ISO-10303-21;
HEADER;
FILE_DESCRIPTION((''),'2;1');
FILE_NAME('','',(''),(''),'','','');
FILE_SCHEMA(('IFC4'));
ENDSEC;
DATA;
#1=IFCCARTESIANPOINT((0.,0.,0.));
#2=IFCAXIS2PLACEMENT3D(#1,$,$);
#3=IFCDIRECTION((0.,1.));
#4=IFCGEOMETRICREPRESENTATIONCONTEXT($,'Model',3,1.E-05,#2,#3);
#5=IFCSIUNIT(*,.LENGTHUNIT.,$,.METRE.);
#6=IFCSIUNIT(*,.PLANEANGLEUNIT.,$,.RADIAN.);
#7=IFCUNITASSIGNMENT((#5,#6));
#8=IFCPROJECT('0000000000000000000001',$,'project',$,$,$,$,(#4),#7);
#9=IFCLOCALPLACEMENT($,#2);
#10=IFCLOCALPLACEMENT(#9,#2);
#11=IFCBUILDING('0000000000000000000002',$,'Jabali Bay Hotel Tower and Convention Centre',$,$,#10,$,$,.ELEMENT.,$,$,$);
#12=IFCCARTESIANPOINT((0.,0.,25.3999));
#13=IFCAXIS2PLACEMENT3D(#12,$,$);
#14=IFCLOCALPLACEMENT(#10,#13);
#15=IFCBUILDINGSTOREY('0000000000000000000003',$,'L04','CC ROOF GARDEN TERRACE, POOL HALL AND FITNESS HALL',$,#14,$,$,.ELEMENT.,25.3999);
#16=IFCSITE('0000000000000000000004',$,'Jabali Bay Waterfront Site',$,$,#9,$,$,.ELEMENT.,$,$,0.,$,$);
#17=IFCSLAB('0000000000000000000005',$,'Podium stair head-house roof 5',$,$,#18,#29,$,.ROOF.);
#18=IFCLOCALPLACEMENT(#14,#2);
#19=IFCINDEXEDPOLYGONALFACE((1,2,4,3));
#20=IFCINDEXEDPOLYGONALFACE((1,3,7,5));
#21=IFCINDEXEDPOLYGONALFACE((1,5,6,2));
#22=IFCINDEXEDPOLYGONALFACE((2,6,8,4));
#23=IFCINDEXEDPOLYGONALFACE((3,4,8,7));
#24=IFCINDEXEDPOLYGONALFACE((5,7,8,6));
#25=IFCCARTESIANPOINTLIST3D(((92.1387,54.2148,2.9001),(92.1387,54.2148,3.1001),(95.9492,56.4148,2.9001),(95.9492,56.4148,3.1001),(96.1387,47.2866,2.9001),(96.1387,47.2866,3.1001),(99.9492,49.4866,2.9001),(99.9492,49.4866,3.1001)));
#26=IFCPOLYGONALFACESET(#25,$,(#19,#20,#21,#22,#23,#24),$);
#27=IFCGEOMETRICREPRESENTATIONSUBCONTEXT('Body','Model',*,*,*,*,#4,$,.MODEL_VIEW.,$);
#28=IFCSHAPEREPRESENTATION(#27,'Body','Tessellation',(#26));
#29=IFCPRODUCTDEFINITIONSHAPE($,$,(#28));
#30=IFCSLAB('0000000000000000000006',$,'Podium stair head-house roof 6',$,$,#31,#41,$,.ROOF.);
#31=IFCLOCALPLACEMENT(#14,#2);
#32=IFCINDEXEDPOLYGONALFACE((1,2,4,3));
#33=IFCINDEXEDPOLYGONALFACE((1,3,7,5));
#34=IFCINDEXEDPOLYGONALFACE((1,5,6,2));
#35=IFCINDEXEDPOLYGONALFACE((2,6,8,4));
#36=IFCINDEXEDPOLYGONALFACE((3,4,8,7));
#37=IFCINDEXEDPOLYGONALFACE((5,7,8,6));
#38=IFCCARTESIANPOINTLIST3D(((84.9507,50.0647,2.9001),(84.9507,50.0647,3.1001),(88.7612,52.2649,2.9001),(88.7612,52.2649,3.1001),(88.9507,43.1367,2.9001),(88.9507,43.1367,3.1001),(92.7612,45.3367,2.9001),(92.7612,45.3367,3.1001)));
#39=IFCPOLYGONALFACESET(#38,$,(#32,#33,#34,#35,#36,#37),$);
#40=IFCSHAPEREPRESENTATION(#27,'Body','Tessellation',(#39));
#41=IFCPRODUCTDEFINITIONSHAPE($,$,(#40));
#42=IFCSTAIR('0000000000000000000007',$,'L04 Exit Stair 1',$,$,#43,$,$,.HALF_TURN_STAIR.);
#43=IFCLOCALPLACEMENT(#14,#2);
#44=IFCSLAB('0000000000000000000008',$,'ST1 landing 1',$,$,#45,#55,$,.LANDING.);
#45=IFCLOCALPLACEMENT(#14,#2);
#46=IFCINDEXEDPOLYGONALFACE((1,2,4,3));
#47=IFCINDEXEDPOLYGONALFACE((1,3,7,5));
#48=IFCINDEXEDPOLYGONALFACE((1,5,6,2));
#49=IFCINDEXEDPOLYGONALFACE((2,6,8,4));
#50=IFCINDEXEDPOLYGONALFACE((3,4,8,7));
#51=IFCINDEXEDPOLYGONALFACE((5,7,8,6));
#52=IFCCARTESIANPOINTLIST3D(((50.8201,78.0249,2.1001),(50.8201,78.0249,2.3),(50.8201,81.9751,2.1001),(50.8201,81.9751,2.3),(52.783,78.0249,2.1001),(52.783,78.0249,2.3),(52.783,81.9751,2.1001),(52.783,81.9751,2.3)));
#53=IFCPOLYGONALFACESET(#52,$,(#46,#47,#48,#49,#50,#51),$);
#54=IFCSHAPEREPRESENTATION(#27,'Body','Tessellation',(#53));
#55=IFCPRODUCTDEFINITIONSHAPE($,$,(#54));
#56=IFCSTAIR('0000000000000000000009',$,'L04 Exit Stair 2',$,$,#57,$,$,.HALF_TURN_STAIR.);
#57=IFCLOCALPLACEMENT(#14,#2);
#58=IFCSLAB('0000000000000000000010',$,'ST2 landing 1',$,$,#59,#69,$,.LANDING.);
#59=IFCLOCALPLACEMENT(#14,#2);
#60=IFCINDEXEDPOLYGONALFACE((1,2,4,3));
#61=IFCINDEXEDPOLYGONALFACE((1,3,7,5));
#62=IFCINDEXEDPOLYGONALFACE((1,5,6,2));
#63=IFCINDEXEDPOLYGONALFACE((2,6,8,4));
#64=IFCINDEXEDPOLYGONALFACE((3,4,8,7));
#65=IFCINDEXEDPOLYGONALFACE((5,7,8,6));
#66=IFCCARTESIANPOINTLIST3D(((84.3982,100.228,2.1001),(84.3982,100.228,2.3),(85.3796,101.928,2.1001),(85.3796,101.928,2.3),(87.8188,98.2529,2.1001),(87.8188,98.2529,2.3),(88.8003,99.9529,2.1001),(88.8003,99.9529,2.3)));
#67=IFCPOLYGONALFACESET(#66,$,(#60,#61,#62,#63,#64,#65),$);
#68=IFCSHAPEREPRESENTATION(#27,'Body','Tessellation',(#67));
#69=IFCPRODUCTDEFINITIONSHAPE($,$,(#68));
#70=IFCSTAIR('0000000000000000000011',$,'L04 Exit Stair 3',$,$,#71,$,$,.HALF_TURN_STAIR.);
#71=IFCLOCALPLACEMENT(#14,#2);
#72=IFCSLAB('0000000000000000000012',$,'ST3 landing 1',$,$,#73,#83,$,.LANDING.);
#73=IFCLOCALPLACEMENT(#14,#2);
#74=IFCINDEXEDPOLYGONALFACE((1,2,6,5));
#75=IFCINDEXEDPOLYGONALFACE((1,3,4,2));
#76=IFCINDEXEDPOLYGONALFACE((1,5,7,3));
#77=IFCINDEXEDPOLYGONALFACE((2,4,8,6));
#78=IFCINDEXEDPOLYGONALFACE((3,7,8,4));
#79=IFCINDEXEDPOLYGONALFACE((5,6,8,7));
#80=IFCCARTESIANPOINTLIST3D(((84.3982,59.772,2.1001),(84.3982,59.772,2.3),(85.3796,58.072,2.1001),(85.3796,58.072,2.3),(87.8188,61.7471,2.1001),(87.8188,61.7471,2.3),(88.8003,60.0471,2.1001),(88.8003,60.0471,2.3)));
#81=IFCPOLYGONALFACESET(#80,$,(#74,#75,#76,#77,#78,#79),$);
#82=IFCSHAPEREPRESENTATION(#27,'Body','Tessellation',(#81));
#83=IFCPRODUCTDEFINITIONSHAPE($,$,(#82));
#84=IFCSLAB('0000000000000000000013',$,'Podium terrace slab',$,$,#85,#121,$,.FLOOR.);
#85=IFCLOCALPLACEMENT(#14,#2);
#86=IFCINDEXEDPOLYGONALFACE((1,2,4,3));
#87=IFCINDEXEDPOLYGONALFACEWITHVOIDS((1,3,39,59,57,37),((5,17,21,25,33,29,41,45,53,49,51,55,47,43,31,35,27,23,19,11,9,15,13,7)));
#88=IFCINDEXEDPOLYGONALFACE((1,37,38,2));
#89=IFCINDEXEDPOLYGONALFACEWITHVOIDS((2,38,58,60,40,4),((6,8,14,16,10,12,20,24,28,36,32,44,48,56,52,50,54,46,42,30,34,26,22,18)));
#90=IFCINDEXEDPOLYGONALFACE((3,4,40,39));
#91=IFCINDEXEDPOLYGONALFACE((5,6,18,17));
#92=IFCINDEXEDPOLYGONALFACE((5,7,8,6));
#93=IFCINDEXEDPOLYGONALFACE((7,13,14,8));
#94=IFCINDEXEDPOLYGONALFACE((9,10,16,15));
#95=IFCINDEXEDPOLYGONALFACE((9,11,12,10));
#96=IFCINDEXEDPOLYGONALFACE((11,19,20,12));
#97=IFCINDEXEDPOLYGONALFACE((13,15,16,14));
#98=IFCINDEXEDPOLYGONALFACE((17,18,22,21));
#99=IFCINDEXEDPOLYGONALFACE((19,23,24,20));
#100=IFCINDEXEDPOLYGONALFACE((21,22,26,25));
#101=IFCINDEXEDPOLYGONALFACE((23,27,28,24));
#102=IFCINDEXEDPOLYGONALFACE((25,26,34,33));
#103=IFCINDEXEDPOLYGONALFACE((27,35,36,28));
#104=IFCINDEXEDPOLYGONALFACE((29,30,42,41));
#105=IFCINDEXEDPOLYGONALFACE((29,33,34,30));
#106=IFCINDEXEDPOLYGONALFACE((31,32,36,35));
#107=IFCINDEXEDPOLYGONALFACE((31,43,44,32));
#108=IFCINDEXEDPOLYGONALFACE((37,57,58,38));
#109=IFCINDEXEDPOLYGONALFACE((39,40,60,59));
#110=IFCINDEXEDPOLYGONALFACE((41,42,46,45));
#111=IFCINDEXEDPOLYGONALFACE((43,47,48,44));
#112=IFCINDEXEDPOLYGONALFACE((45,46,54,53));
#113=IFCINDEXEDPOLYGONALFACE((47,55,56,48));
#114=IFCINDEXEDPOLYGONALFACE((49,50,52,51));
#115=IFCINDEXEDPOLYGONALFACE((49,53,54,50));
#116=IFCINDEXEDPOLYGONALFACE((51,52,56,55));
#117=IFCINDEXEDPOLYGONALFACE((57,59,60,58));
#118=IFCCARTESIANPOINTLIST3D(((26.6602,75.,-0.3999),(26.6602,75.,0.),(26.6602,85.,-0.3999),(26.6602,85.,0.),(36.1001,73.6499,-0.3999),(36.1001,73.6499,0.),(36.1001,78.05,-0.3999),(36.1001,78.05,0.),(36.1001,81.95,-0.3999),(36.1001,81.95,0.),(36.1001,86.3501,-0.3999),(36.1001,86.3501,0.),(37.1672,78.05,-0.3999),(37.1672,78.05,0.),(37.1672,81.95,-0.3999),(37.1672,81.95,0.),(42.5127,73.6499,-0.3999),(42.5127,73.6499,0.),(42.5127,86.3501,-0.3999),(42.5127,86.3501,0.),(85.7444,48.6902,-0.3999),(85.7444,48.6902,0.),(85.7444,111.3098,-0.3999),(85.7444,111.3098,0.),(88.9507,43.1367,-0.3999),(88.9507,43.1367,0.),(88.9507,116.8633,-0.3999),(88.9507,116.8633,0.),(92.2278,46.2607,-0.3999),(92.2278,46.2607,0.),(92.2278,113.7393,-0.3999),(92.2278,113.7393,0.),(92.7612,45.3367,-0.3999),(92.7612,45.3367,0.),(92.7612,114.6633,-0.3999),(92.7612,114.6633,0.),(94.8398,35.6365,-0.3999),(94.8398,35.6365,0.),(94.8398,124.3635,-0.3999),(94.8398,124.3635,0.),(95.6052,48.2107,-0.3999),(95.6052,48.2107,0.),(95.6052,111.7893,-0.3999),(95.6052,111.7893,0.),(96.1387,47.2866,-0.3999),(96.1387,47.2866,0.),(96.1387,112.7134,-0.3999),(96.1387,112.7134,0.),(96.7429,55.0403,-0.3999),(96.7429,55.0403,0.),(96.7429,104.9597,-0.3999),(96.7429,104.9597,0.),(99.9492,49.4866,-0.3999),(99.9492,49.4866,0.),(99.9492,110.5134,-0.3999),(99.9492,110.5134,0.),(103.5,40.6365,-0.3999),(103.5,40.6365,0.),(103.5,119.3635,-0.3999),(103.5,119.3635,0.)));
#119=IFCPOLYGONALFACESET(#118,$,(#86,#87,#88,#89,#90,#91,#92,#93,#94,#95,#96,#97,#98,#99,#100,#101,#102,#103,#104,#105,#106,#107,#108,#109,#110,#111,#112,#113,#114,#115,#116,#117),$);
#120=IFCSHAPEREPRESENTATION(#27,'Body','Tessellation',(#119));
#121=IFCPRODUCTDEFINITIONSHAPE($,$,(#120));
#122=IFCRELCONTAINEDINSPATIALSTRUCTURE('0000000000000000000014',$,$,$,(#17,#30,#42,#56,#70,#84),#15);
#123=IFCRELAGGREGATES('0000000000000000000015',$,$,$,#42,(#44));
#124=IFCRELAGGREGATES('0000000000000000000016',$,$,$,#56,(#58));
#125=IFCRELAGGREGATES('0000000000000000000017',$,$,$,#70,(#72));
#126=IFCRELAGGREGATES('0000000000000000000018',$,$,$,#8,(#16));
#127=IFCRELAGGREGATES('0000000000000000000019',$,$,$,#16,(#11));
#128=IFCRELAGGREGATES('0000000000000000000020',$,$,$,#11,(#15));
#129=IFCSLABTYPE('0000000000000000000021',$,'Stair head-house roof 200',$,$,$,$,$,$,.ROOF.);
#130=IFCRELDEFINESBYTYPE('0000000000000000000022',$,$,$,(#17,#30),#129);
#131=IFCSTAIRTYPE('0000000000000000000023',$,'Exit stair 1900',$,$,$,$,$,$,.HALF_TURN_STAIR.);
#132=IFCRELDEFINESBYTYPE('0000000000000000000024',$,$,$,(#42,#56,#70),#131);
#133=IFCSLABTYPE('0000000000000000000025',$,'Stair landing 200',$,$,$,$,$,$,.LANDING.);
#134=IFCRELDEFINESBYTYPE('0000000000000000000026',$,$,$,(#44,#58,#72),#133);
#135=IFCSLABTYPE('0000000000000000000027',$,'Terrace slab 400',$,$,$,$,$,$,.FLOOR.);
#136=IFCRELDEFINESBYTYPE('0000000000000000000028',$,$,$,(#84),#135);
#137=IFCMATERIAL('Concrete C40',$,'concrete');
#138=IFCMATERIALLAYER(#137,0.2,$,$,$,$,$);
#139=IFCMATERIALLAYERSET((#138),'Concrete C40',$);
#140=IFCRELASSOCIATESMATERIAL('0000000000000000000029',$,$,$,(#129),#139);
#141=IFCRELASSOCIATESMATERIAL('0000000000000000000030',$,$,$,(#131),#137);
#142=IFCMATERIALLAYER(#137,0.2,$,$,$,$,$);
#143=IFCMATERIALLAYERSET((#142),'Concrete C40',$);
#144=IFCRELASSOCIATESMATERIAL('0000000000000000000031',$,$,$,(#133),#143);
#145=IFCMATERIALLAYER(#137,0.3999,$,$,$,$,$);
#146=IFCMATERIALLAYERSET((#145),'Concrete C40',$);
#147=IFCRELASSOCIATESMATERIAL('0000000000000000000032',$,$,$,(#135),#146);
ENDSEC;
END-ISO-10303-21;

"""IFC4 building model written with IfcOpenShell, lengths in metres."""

from ifc_helpers import new_model, si_unit, direction, frame, origin, place, context, subcontext, project, spatial, polyline, outline, extrude, material, layer, layer_set, type_object, element, aggregate, save


model = new_model("IFC4")

# Units and contexts
model_context = context("Model", 3, precision=1e-05, world=origin(), true_north=direction((0.0, 1.0)))
body_context = subcontext(model_context, "Body", "Model", "MODEL_VIEW")
ifc_project = project(units=[si_unit("LENGTHUNIT", "METRE"), si_unit("PLANEANGLEUNIT", "RADIAN")], contexts=[model_context])

# Site, building, storey
site_placement = place(None, origin())
site = spatial("IfcSite", under=ifc_project, at=site_placement, Name="Jabali Bay Waterfront Site", CompositionType="ELEMENT", RefElevation=0.0)
building_placement = place(site_placement, origin())
building = spatial("IfcBuilding", under=site, at=building_placement, Name="Jabali Bay Hotel Tower and Convention Centre", CompositionType="ELEMENT")
storey_placement = place(building_placement, frame((0.0, 0.0, 25.3999)))
storey = spatial("IfcBuildingStorey", under=building, at=storey_placement, Name="L04", Description="CC ROOF GARDEN TERRACE, POOL HALL AND FITNESS HALL", CompositionType="ELEMENT", Elevation=25.3999)

# Slabs
ifc_material = material(Name="Concrete C40", Category="concrete")
ifc_layer_1 = layer(ifc_material, 0.2)
ifc_layer_set_1 = layer_set([ifc_layer_1], Name="Concrete C40")
slab_type_1 = type_object("IfcSlabType", Name="Stair head-house roof 200", PredefinedType="ROOF", material=ifc_layer_set_1)
slab_1_placement = place(storey_placement, frame((0.0, 0.0, 2.9001)))
element("IfcSlab", 1, at=slab_1_placement, inside=storey, type_object=slab_type_1, Name="Podium stair head-house roof 5", PredefinedType="ROOF", context=body_context, shape_type="SweptSolid", body=[
    extrude(outline(polyline([(96.1387, 47.2866), (99.9492, 49.4866), (95.9492, 56.4148), (92.1387, 54.2148), (96.1387, 47.2866)])), origin(), (0.0, 0.0, 1.0), 0.2),
])
slab_2_placement = place(storey_placement, frame((0.0, 0.0, 2.9001)))
element("IfcSlab", 2, at=slab_2_placement, inside=storey, type_object=slab_type_1, Name="Podium stair head-house roof 6", PredefinedType="ROOF", context=body_context, shape_type="SweptSolid", body=[
    extrude(outline(polyline([(88.9507, 43.1367), (92.7612, 45.3367), (88.7612, 52.2649), (84.9507, 50.0647), (88.9507, 43.1367)])), origin(), (0.0, 0.0, 1.0), 0.2),
])

# Stairs, slabs
stair_type = type_object("IfcStairType", Name="Exit stair 1900", PredefinedType="HALF_TURN_STAIR", material=ifc_material)
stair_1_placement = place(storey_placement, origin())
stair_1 = element("IfcStair", 3, at=stair_1_placement, inside=storey, type_object=stair_type, Name="L04 Exit Stair 1", PredefinedType="HALF_TURN_STAIR")
ifc_layer_2 = layer(ifc_material, 0.2)
ifc_layer_set_2 = layer_set([ifc_layer_2], Name="Concrete C40")
slab_type_2 = type_object("IfcSlabType", Name="Stair landing 200", PredefinedType="LANDING", material=ifc_layer_set_2)
slab_3_placement = place(storey_placement, frame((0.0, 0.0, 2.1001)))
slab_3 = element("IfcSlab", 4, at=slab_3_placement, type_object=slab_type_2, Name="ST1 landing 1", PredefinedType="LANDING", context=body_context, shape_type="SweptSolid", body=[
    extrude(outline(polyline([(52.783, 81.9751), (50.8201, 81.9751), (50.8201, 78.0249), (52.783, 78.0249), (52.783, 81.9751)])), origin(), (0.0, 0.0, 1.0), 0.2),
])
aggregate(stair_1, [slab_3])
stair_2_placement = place(storey_placement, origin())
stair_2 = element("IfcStair", 5, at=stair_2_placement, inside=storey, type_object=stair_type, Name="L04 Exit Stair 2", PredefinedType="HALF_TURN_STAIR")
slab_4_placement = place(storey_placement, frame((0.0, 0.0, 2.1001)))
slab_4 = element("IfcSlab", 6, at=slab_4_placement, type_object=slab_type_2, Name="ST2 landing 1", PredefinedType="LANDING", context=body_context, shape_type="SweptSolid", body=[
    extrude(outline(polyline([(87.8188, 98.2529), (88.8003, 99.9529), (85.3796, 101.928), (84.3982, 100.228), (87.8188, 98.2529)])), origin(), (0.0, 0.0, 1.0), 0.2),
])
aggregate(stair_2, [slab_4])
stair_3_placement = place(storey_placement, origin())
stair_3 = element("IfcStair", 7, at=stair_3_placement, inside=storey, type_object=stair_type, Name="L04 Exit Stair 3", PredefinedType="HALF_TURN_STAIR")
slab_5_placement = place(storey_placement, frame((0.0, 0.0, 2.1001)))
slab_5 = element("IfcSlab", 8, at=slab_5_placement, type_object=slab_type_2, Name="ST3 landing 1", PredefinedType="LANDING", context=body_context, shape_type="SweptSolid", body=[
    extrude(outline(polyline([(84.3982, 59.772), (85.3796, 58.072), (88.8003, 60.0471), (87.8188, 61.7471), (84.3982, 59.772)])), origin(), (0.0, 0.0, 1.0), 0.2),
])
aggregate(stair_3, [slab_5])

# Slab
ifc_layer_3 = layer(ifc_material, 0.3999)
ifc_layer_set_3 = layer_set([ifc_layer_3], Name="Concrete C40")
slab_type_3 = type_object("IfcSlabType", Name="Terrace slab 400", PredefinedType="FLOOR", material=ifc_layer_set_3)
slab_6_placement = place(storey_placement, frame((0.0, 0.0, -0.3999)))
element("IfcSlab", 9, at=slab_6_placement, inside=storey, type_object=slab_type_3, Name="Podium terrace slab", PredefinedType="FLOOR", context=body_context, shape_type="SweptSolid", body=[
    extrude(outline(polyline([(26.6602, 75.0), (26.6602, 85.0), (94.8398, 124.3635), (103.5, 119.3635), (103.5, 40.6365), (94.8398, 35.6365), (26.6602, 75.0)]), holes=[polyline([(92.2278, 113.7393), (92.7612, 114.6633), (88.9507, 116.8633), (85.7444, 111.3098), (42.5127, 86.3501), (36.1001, 86.3501), (36.1001, 81.95), (37.1672, 81.95), (37.1672, 78.05), (36.1001, 78.05), (36.1001, 73.6499), (42.5127, 73.6499), (85.7444, 48.6902), (88.9507, 43.1367), (92.7612, 45.3367), (92.2278, 46.2607), (95.6052, 48.2107), (96.1387, 47.2866), (99.9492, 49.4866), (96.7429, 55.0403), (96.7429, 104.9597), (99.9492, 110.5134), (96.1387, 112.7134), (95.6052, 111.7893), (92.2278, 113.7393)])]), origin(), (0.0, 0.0, 1.0), 0.3999),
])

save(model, "model.ifc")
